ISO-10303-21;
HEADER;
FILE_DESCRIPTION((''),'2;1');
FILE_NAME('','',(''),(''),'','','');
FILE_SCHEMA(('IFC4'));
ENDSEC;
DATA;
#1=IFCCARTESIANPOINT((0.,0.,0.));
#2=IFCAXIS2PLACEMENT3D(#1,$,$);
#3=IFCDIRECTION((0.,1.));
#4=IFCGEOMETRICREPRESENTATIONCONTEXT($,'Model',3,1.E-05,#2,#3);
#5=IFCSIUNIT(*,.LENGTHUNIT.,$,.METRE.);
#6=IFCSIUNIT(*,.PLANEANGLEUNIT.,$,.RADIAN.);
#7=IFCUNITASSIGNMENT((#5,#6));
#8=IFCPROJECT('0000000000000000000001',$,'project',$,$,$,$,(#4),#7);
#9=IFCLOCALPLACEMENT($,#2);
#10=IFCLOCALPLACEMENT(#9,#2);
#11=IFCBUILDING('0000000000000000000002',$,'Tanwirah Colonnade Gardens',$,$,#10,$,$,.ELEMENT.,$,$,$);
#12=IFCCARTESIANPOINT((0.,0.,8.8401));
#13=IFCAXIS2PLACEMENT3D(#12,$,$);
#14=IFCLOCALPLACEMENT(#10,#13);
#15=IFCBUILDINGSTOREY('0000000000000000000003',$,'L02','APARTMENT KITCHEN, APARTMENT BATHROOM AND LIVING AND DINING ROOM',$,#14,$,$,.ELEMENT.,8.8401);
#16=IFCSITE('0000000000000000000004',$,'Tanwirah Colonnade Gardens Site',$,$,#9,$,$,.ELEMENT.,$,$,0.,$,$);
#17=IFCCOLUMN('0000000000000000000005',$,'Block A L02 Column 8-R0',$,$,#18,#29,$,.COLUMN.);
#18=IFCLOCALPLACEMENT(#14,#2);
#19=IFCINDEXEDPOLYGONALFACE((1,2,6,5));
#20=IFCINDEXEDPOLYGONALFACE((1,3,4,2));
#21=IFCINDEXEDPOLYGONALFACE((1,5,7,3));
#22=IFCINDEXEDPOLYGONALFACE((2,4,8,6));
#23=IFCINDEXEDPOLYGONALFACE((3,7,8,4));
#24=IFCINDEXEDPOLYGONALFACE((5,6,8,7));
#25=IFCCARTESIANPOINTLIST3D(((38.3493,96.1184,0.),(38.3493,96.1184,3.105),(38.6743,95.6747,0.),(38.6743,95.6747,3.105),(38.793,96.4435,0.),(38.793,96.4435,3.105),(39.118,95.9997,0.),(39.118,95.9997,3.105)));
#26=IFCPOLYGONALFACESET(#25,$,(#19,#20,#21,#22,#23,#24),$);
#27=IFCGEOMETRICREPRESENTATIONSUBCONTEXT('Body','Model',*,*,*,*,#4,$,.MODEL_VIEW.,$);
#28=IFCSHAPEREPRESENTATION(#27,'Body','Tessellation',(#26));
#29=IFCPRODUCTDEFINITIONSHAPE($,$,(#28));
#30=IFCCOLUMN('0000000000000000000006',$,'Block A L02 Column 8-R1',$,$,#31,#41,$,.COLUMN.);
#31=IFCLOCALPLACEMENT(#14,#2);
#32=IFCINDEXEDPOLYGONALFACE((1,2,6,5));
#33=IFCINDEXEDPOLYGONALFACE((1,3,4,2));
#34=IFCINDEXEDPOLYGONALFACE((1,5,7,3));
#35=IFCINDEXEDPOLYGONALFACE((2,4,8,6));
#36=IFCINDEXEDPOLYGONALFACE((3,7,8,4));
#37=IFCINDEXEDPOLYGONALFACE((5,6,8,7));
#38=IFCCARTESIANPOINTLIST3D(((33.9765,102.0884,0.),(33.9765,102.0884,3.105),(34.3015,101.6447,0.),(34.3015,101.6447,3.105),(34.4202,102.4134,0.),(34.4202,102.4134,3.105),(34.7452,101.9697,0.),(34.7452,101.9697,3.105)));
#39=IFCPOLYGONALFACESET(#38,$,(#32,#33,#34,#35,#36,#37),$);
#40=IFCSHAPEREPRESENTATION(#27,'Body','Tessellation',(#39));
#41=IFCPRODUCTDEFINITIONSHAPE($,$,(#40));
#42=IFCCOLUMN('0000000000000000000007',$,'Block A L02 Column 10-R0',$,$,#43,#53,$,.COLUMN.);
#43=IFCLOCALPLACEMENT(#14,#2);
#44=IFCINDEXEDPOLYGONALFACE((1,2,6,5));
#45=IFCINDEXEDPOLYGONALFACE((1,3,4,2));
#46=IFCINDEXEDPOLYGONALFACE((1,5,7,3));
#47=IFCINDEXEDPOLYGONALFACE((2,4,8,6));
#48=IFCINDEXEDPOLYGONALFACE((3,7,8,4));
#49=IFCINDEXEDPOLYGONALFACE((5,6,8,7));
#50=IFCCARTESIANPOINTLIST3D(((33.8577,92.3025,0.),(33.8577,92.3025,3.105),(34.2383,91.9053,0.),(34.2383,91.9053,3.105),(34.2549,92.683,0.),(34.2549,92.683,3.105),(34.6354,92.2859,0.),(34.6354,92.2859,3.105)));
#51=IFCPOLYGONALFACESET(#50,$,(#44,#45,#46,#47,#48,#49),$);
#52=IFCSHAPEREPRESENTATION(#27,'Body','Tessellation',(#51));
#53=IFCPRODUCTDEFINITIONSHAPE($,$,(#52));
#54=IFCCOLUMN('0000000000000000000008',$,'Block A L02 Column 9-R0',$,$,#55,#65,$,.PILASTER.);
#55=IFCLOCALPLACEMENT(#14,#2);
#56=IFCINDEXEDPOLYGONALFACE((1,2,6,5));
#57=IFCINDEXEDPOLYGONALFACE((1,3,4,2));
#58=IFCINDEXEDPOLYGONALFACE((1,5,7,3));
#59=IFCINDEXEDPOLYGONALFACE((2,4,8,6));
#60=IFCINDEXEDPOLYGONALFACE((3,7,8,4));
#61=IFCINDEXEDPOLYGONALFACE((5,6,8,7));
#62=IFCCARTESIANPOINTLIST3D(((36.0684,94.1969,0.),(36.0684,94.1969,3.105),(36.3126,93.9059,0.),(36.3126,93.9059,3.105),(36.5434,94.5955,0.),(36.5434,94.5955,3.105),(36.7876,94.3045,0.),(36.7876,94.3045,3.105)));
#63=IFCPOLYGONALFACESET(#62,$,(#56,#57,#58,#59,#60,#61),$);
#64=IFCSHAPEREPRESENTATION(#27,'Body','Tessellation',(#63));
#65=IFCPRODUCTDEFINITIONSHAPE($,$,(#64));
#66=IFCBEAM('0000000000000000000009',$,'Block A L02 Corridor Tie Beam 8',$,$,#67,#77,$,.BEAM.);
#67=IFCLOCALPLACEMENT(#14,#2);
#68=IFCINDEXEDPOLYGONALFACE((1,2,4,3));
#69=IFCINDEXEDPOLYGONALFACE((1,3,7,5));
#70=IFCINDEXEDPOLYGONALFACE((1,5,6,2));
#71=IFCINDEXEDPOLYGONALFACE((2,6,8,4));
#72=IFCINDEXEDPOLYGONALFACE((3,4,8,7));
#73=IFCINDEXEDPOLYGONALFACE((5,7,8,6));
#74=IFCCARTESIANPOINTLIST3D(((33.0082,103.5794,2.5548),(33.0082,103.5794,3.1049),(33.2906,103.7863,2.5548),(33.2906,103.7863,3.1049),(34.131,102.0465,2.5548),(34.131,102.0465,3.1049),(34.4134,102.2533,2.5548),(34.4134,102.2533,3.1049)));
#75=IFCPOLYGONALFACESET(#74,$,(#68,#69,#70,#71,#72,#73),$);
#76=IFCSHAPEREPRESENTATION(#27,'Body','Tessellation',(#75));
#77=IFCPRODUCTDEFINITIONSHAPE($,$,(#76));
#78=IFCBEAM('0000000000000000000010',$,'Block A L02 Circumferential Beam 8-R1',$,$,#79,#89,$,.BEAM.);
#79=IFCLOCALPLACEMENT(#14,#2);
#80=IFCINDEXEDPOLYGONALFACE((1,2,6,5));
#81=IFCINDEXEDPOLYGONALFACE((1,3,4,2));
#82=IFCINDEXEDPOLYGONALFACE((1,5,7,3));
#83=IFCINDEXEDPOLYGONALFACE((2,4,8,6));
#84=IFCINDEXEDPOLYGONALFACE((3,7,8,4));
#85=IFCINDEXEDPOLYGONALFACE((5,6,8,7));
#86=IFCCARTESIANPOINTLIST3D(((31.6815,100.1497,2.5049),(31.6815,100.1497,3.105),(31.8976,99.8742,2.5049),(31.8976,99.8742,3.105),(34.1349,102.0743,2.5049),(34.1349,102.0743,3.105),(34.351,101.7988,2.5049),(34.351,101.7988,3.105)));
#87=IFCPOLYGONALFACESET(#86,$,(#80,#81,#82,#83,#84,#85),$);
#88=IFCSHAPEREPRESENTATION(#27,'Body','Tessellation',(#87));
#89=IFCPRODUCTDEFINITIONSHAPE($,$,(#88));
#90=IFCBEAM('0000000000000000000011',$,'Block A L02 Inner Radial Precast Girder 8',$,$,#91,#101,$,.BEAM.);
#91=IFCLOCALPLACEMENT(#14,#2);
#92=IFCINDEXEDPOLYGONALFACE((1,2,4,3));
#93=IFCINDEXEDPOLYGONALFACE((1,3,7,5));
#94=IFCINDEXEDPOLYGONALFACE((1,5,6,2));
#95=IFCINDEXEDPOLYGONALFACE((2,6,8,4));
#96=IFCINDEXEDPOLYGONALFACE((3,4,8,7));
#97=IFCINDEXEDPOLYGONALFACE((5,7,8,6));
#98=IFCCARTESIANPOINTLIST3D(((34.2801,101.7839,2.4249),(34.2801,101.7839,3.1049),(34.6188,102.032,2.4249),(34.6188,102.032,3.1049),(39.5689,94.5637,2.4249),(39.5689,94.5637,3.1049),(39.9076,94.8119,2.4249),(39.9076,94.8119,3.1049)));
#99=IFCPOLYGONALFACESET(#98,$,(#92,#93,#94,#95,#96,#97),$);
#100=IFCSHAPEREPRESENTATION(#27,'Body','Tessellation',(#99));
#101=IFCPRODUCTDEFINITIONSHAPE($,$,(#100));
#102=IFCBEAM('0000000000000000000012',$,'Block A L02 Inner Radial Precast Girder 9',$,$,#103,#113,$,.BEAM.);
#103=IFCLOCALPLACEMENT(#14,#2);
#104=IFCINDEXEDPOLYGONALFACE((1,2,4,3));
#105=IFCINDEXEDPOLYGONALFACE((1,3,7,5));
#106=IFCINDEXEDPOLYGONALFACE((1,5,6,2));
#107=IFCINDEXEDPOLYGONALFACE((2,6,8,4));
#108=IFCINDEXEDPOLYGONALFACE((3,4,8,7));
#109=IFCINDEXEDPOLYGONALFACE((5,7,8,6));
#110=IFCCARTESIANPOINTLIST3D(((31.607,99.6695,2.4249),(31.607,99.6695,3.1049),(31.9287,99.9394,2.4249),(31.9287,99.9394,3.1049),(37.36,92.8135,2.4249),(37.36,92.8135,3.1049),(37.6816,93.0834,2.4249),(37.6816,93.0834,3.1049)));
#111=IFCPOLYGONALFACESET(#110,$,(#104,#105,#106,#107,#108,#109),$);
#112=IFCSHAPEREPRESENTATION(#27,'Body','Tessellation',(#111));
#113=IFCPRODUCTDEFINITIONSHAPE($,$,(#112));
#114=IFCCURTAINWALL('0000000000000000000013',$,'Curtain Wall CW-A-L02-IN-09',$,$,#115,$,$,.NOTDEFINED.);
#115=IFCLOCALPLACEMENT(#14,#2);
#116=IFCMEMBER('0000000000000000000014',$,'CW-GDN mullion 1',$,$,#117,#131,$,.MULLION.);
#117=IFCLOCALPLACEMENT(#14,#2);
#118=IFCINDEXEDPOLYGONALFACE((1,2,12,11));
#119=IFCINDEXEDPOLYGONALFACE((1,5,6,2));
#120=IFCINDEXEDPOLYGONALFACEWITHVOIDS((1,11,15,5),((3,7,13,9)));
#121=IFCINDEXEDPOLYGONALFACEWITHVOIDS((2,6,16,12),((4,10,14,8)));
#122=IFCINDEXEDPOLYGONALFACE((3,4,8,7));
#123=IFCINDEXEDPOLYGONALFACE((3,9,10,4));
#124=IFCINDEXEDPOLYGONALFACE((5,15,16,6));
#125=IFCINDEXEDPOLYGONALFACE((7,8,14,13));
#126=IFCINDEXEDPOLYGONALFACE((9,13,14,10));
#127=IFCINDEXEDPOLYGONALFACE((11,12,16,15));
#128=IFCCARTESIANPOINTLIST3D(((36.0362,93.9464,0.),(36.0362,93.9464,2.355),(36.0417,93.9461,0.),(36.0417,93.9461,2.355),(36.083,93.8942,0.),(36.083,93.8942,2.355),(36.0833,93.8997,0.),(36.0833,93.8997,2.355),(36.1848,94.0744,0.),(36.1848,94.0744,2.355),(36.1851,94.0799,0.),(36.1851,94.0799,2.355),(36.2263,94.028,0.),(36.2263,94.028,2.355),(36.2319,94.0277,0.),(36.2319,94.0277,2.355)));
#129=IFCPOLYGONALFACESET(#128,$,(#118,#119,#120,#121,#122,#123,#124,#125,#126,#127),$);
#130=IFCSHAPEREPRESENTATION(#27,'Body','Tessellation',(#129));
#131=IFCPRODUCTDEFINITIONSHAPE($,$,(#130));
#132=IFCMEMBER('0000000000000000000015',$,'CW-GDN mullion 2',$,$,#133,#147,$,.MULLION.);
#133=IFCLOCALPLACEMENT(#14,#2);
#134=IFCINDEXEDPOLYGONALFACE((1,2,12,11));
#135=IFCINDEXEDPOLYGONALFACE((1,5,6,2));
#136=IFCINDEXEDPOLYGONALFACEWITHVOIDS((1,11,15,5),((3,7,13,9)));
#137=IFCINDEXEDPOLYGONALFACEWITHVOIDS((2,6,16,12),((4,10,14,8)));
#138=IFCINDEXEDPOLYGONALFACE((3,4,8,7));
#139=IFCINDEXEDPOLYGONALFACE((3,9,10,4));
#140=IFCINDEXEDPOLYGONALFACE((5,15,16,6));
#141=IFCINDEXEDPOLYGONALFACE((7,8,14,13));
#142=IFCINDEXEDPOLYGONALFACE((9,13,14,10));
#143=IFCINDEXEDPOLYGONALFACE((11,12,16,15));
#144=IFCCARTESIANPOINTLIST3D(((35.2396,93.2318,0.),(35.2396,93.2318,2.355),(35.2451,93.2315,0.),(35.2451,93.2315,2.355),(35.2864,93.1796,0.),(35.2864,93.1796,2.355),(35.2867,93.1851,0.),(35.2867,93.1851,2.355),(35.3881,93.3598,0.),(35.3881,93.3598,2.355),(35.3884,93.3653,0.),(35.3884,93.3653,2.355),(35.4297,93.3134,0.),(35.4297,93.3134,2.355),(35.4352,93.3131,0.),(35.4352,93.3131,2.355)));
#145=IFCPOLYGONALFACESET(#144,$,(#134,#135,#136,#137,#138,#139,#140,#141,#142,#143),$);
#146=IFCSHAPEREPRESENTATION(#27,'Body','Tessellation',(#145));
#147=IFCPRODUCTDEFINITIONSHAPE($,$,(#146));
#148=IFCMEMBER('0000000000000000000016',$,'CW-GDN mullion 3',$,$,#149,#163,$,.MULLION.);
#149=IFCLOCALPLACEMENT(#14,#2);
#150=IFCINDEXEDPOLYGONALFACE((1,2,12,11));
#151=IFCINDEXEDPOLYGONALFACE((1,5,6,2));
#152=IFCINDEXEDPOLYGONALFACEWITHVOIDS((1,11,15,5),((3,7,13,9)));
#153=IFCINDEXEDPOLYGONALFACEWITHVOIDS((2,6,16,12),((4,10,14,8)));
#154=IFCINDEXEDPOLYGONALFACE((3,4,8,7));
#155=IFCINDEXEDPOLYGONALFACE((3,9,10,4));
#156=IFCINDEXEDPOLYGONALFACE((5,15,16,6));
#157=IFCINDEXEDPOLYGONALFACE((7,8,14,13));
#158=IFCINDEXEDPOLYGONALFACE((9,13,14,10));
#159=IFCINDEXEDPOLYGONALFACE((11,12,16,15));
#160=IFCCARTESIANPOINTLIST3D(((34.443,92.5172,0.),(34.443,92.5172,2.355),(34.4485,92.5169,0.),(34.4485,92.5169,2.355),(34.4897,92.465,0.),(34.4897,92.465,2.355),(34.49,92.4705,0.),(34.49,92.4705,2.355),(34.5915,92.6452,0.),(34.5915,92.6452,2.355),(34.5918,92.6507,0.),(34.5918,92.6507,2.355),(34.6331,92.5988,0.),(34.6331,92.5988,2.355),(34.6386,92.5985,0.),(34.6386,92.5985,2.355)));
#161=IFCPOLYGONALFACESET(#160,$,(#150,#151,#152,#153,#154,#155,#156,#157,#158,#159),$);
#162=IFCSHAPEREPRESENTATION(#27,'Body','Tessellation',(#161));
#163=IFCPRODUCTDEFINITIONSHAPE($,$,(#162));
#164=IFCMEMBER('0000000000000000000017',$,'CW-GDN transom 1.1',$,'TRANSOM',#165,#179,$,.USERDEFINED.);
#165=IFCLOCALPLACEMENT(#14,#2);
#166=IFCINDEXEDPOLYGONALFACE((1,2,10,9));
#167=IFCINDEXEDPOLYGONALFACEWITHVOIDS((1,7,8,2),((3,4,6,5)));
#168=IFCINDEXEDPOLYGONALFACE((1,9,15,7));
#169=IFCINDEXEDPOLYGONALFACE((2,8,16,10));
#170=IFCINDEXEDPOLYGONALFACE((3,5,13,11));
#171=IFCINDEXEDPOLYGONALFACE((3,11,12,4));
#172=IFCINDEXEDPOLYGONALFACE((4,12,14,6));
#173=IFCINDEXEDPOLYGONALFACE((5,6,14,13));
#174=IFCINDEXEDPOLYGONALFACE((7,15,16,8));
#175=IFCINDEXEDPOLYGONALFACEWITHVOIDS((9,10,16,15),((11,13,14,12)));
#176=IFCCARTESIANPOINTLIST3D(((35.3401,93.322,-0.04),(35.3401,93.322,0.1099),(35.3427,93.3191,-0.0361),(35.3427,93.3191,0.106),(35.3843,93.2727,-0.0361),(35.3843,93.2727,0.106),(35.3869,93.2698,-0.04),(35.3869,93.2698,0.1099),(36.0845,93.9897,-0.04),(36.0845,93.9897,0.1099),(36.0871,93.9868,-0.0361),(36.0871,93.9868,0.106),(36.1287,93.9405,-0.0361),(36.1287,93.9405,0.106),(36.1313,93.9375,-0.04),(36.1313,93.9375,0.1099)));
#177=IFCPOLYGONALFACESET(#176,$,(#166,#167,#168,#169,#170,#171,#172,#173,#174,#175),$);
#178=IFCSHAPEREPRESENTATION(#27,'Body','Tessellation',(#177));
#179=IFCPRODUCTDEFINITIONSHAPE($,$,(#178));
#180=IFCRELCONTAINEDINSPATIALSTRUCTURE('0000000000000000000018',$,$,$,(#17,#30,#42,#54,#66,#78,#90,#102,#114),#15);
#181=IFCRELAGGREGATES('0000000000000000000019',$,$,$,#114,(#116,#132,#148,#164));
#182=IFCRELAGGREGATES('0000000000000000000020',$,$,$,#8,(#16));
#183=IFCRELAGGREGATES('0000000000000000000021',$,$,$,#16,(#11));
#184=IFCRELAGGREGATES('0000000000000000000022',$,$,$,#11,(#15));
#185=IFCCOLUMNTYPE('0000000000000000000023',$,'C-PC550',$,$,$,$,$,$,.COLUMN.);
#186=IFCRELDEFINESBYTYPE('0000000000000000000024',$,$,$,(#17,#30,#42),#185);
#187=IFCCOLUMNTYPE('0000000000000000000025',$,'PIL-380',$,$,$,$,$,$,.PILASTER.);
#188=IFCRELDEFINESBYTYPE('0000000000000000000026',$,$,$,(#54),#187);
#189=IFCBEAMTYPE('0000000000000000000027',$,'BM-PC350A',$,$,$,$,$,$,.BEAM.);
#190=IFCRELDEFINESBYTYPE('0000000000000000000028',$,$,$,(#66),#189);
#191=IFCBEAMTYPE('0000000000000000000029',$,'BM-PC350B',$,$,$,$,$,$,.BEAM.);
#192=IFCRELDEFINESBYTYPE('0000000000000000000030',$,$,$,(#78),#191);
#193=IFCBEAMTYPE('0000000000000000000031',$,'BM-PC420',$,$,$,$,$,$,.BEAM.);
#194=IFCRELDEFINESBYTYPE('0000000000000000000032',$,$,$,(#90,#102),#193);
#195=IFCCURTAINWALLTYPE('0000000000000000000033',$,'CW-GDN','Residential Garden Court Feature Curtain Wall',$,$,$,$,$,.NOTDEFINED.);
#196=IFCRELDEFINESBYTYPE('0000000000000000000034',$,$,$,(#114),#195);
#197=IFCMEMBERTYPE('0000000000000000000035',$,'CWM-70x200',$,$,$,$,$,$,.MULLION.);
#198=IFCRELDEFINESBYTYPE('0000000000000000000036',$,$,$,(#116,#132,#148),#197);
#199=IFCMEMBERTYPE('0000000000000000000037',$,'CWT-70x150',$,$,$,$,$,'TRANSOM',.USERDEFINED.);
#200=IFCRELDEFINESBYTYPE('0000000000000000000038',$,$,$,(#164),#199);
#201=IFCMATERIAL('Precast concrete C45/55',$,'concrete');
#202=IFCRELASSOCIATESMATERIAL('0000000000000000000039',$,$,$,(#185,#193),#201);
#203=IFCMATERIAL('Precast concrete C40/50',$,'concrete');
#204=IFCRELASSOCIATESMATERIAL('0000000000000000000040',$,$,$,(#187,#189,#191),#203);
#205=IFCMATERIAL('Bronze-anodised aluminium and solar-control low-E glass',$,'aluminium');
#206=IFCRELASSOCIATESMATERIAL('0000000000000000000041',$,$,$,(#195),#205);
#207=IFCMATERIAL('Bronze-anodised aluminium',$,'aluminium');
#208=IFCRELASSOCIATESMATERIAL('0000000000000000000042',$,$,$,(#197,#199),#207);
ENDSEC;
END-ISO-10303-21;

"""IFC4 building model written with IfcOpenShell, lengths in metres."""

from ifc_helpers import new_model, si_unit, direction, frame, origin, origin_2d, place, context, subcontext, project, spatial, rectangle, hollow_rectangle, extrude, material, material_profile, profile_set, type_object, element, aggregate, save


model = new_model("IFC4")

# Units and contexts
model_context = context("Model", 3, precision=1e-05, world=origin(), true_north=direction((0.0, 1.0)))
body_context = subcontext(model_context, "Body", "Model", "MODEL_VIEW")
ifc_project = project(units=[si_unit("LENGTHUNIT", "METRE"), si_unit("PLANEANGLEUNIT", "RADIAN")], contexts=[model_context])

# Site, building, storey
site_placement = place(None, origin())
site = spatial("IfcSite", under=ifc_project, at=site_placement, Name="Tanwirah Colonnade Gardens Site", CompositionType="ELEMENT", RefElevation=0.0)
building_placement = place(site_placement, origin())
building = spatial("IfcBuilding", under=site, at=building_placement, Name="Tanwirah Colonnade Gardens", CompositionType="ELEMENT")
storey_placement = place(building_placement, frame((0.0, 0.0, 8.8401)))
storey = spatial("IfcBuildingStorey", under=building, at=storey_placement, Name="L02", Description="APARTMENT KITCHEN, APARTMENT BATHROOM AND LIVING AND DINING ROOM", CompositionType="ELEMENT", Elevation=8.8401)

# Columns
ifc_material_1 = material(Name="Precast concrete C45/55", Category="concrete")
ifc_material_profile_1 = material_profile(ifc_material_1, rectangle(XDim=0.55, YDim=0.55, at=origin_2d()), Name="PC-COL 550x550")
ifc_profile_set_1 = profile_set([ifc_material_profile_1], Name="Precast concrete C45/55")
column_type_1 = type_object("IfcColumnType", Name="C-PC550", PredefinedType="COLUMN", material=ifc_profile_set_1)
for number, where, z_axis, x_axis, name in (
    (1, (38.7336, 96.0591, 0.0), (0.0, 0.0, 1.0), (-0.590919, 0.806731, 0.0), "Block A L02 Column 8-R0"),
    (2, (34.3608, 102.0291, 0.0), (0.0, 0.0, 1.0), (-0.590919, 0.806731, 0.0), "Block A L02 Column 8-R1"),
    (3, (34.2466, 92.2942, 0.0), (0.0, 0.0, 1.0), (-0.691863, 0.722029, 0.0), "Block A L02 Column 10-R0"),
):
    element("IfcColumn", number, at=place(storey_placement, frame(where, z_axis=z_axis, x_axis=x_axis)), inside=storey, type_object=column_type_1, Name=name, PredefinedType="COLUMN", context=body_context, shape_type="SweptSolid", body=[
        extrude(rectangle(XDim=0.55, YDim=0.55, at=origin_2d()), origin(), (0.0, 0.0, 1.0), 3.105),
    ])
ifc_material_2 = material(Name="Precast concrete C40/50", Category="concrete")
ifc_material_profile_2 = material_profile(ifc_material_2, rectangle(XDim=0.3799, YDim=0.6201, at=origin_2d()), Name="PC-PIL 380x620")
ifc_profile_set_2 = profile_set([ifc_material_profile_2], Name="Precast concrete C40/50")
column_type_2 = type_object("IfcColumnType", Name="PIL-380", PredefinedType="PILASTER", material=ifc_profile_set_2)
column_placement = place(storey_placement, frame((36.428, 94.2507, 0.0), z_axis=(0.0, 0.0, 1.0), x_axis=(-0.642788, 0.766044, 0.0)))
element("IfcColumn", 4, at=column_placement, inside=storey, type_object=column_type_2, Name="Block A L02 Column 9-R0", PredefinedType="PILASTER", context=body_context, shape_type="SweptSolid", body=[
    extrude(rectangle(XDim=0.3799, YDim=0.6201, at=origin_2d()), origin(), (0.0, 0.0, 1.0), 3.105),
])

# Beams
ifc_material_profile_3 = material_profile(ifc_material_2, rectangle(XDim=0.3501, YDim=0.55, at=origin_2d()), Name="PC-BM 350x550")
ifc_profile_set_3 = profile_set([ifc_material_profile_3], Name="Precast concrete C40/50")
beam_type_1 = type_object("IfcBeamType", Name="BM-PC350A", PredefinedType="BEAM", material=ifc_profile_set_3)
beam_1_placement = place(storey_placement, frame((34.2722, 102.1499, 2.8298), z_axis=(-0.590896, 0.806748, 0.0), x_axis=(-0.806748, -0.590896, 0.0)))
element("IfcBeam", 5, at=beam_1_placement, inside=storey, type_object=beam_type_1, Name="Block A L02 Corridor Tie Beam 8", PredefinedType="BEAM", context=body_context, shape_type="SweptSolid", body=[
    extrude(rectangle(XDim=0.3501, YDim=0.55, at=origin_2d()), origin(), (0.0, 0.0, 1.0), 1.9001),
])
ifc_material_profile_4 = material_profile(ifc_material_2, rectangle(XDim=0.3501, YDim=0.6001, at=origin_2d()), Name="PC-BM 350x600")
ifc_profile_set_4 = profile_set([ifc_material_profile_4], Name="Precast concrete C40/50")
beam_type_2 = type_object("IfcBeamType", Name="BM-PC350B", PredefinedType="BEAM", material=ifc_profile_set_4)
beam_2_placement = place(storey_placement, frame((34.2429, 101.9365, 2.8049), z_axis=(-0.786799, -0.617209, 0.0), x_axis=(0.617209, -0.786799, 0.0)))
element("IfcBeam", 6, at=beam_2_placement, inside=storey, type_object=beam_type_2, Name="Block A L02 Circumferential Beam 8-R1", PredefinedType="BEAM", context=body_context, shape_type="SweptSolid", body=[
    extrude(rectangle(XDim=0.3501, YDim=0.6001, at=origin_2d()), origin(), (0.0, 0.0, 1.0), 3.1182),
])
ifc_material_profile_5 = material_profile(ifc_material_1, rectangle(XDim=0.4199, YDim=0.6799, at=origin_2d()), Name="PC-BM 420x680")
ifc_profile_set_5 = profile_set([ifc_material_profile_5], Name="Precast concrete C45/55")
beam_type_3 = type_object("IfcBeamType", Name="BM-PC420", PredefinedType="BEAM", material=ifc_profile_set_5)
for number, where, z_axis, x_axis, name in (
    (7, (34.4495, 101.908, 2.7649), (0.590927, -0.806725, 0.0), (0.806725, 0.590927, 0.0), "Block A L02 Inner Radial Precast Girder 8"),
    (8, (31.7678, 99.8044, 2.7649), (0.642794, -0.766039, 0.0), (0.766039, 0.642794, 0.0), "Block A L02 Inner Radial Precast Girder 9"),
):
    element("IfcBeam", number, at=place(storey_placement, frame(where, z_axis=z_axis, x_axis=x_axis)), inside=storey, type_object=beam_type_3, Name=name, PredefinedType="BEAM", context=body_context, shape_type="SweptSolid", body=[
        extrude(rectangle(XDim=0.4199, YDim=0.6799, at=origin_2d()), origin(), (0.0, 0.0, 1.0), 8.95),
    ])

# Curtain wall, members
ifc_material_3 = material(Name="Bronze-anodised aluminium and solar-control low-E glass", Category="aluminium")
curtain_wall_type = type_object("IfcCurtainWallType", Name="CW-GDN", Description="Residential Garden Court Feature Curtain Wall", PredefinedType="NOTDEFINED", material=ifc_material_3)
curtain_wall_placement = place(storey_placement, origin())
curtain_wall = element("IfcCurtainWall", 9, at=curtain_wall_placement, inside=storey, type_object=curtain_wall_type, Name="Curtain Wall CW-A-L02-IN-09", PredefinedType="NOTDEFINED")
ifc_material_4 = material(Name="Bronze-anodised aluminium", Category="aluminium")
ifc_material_profile_6 = material_profile(ifc_material_4, hollow_rectangle(XDim=0.0701, YDim=0.2, WallThickness=0.0039, at=origin_2d()), Name="CW-MUL 70x200x4")
ifc_profile_set_6 = profile_set([ifc_material_profile_6], Name="Bronze-anodised aluminium")
member_type_1 = type_object("IfcMemberType", Name="CWM-70x200", PredefinedType="MULLION", material=ifc_profile_set_6)
member_1_placement = place(storey_placement, frame((36.134, 93.9871, 0.0), z_axis=(0.0, 0.0, 1.0), x_axis=(0.667689, -0.74444, 0.0)))
member_1 = element("IfcMember", 10, at=member_1_placement, type_object=member_type_1, Name="CW-GDN mullion 1", PredefinedType="MULLION", context=body_context, shape_type="SweptSolid", body=[
    extrude(hollow_rectangle(XDim=0.0701, YDim=0.2, WallThickness=0.0039, at=origin_2d()), origin(), (0.0, 0.0, 1.0), 2.355),
])
member_2_placement = place(storey_placement, frame((35.3374, 93.2725, 0.0), z_axis=(0.0, 0.0, 1.0), x_axis=(0.667689, -0.74444, 0.0)))
member_2 = element("IfcMember", 11, at=member_2_placement, type_object=member_type_1, Name="CW-GDN mullion 2", PredefinedType="MULLION", context=body_context, shape_type="SweptSolid", body=[
    extrude(hollow_rectangle(XDim=0.0701, YDim=0.2, WallThickness=0.0039, at=origin_2d()), origin(), (0.0, 0.0, 1.0), 2.355),
])
member_3_placement = place(storey_placement, frame((34.5408, 92.5579, 0.0), z_axis=(0.0, 0.0, 1.0), x_axis=(0.667689, -0.74444, 0.0)))
member_3 = element("IfcMember", 12, at=member_3_placement, type_object=member_type_1, Name="CW-GDN mullion 3", PredefinedType="MULLION", context=body_context, shape_type="SweptSolid", body=[
    extrude(hollow_rectangle(XDim=0.0701, YDim=0.2, WallThickness=0.0039, at=origin_2d()), origin(), (0.0, 0.0, 1.0), 2.355),
])
ifc_material_profile_7 = material_profile(ifc_material_4, hollow_rectangle(XDim=0.0701, YDim=0.1499, WallThickness=0.0039, at=origin_2d()), Name="CW-TRN 70x150x4")
ifc_profile_set_7 = profile_set([ifc_material_profile_7], Name="Bronze-anodised aluminium")
member_type_2 = type_object("IfcMemberType", Name="CWT-70x150", ElementType="TRANSOM", PredefinedType="USERDEFINED", material=ifc_profile_set_7)
member_4_placement = place(storey_placement, frame((36.1079, 93.9636, 0.0349), z_axis=(-0.744398, -0.667736, 0.0), x_axis=(0.667736, -0.744398, 0.0)))
member_4 = element("IfcMember", 13, at=member_4_placement, type_object=member_type_2, Name="CW-GDN transom 1.1", ObjectType="TRANSOM", PredefinedType="USERDEFINED", context=body_context, shape_type="SweptSolid", body=[
    extrude(hollow_rectangle(XDim=0.0701, YDim=0.1499, WallThickness=0.0039, at=origin_2d()), origin(), (0.0, 0.0, 1.0), 1.0),
])

aggregate(curtain_wall, [member_1, member_2, member_3, member_4])

save(model, "model.ifc")
